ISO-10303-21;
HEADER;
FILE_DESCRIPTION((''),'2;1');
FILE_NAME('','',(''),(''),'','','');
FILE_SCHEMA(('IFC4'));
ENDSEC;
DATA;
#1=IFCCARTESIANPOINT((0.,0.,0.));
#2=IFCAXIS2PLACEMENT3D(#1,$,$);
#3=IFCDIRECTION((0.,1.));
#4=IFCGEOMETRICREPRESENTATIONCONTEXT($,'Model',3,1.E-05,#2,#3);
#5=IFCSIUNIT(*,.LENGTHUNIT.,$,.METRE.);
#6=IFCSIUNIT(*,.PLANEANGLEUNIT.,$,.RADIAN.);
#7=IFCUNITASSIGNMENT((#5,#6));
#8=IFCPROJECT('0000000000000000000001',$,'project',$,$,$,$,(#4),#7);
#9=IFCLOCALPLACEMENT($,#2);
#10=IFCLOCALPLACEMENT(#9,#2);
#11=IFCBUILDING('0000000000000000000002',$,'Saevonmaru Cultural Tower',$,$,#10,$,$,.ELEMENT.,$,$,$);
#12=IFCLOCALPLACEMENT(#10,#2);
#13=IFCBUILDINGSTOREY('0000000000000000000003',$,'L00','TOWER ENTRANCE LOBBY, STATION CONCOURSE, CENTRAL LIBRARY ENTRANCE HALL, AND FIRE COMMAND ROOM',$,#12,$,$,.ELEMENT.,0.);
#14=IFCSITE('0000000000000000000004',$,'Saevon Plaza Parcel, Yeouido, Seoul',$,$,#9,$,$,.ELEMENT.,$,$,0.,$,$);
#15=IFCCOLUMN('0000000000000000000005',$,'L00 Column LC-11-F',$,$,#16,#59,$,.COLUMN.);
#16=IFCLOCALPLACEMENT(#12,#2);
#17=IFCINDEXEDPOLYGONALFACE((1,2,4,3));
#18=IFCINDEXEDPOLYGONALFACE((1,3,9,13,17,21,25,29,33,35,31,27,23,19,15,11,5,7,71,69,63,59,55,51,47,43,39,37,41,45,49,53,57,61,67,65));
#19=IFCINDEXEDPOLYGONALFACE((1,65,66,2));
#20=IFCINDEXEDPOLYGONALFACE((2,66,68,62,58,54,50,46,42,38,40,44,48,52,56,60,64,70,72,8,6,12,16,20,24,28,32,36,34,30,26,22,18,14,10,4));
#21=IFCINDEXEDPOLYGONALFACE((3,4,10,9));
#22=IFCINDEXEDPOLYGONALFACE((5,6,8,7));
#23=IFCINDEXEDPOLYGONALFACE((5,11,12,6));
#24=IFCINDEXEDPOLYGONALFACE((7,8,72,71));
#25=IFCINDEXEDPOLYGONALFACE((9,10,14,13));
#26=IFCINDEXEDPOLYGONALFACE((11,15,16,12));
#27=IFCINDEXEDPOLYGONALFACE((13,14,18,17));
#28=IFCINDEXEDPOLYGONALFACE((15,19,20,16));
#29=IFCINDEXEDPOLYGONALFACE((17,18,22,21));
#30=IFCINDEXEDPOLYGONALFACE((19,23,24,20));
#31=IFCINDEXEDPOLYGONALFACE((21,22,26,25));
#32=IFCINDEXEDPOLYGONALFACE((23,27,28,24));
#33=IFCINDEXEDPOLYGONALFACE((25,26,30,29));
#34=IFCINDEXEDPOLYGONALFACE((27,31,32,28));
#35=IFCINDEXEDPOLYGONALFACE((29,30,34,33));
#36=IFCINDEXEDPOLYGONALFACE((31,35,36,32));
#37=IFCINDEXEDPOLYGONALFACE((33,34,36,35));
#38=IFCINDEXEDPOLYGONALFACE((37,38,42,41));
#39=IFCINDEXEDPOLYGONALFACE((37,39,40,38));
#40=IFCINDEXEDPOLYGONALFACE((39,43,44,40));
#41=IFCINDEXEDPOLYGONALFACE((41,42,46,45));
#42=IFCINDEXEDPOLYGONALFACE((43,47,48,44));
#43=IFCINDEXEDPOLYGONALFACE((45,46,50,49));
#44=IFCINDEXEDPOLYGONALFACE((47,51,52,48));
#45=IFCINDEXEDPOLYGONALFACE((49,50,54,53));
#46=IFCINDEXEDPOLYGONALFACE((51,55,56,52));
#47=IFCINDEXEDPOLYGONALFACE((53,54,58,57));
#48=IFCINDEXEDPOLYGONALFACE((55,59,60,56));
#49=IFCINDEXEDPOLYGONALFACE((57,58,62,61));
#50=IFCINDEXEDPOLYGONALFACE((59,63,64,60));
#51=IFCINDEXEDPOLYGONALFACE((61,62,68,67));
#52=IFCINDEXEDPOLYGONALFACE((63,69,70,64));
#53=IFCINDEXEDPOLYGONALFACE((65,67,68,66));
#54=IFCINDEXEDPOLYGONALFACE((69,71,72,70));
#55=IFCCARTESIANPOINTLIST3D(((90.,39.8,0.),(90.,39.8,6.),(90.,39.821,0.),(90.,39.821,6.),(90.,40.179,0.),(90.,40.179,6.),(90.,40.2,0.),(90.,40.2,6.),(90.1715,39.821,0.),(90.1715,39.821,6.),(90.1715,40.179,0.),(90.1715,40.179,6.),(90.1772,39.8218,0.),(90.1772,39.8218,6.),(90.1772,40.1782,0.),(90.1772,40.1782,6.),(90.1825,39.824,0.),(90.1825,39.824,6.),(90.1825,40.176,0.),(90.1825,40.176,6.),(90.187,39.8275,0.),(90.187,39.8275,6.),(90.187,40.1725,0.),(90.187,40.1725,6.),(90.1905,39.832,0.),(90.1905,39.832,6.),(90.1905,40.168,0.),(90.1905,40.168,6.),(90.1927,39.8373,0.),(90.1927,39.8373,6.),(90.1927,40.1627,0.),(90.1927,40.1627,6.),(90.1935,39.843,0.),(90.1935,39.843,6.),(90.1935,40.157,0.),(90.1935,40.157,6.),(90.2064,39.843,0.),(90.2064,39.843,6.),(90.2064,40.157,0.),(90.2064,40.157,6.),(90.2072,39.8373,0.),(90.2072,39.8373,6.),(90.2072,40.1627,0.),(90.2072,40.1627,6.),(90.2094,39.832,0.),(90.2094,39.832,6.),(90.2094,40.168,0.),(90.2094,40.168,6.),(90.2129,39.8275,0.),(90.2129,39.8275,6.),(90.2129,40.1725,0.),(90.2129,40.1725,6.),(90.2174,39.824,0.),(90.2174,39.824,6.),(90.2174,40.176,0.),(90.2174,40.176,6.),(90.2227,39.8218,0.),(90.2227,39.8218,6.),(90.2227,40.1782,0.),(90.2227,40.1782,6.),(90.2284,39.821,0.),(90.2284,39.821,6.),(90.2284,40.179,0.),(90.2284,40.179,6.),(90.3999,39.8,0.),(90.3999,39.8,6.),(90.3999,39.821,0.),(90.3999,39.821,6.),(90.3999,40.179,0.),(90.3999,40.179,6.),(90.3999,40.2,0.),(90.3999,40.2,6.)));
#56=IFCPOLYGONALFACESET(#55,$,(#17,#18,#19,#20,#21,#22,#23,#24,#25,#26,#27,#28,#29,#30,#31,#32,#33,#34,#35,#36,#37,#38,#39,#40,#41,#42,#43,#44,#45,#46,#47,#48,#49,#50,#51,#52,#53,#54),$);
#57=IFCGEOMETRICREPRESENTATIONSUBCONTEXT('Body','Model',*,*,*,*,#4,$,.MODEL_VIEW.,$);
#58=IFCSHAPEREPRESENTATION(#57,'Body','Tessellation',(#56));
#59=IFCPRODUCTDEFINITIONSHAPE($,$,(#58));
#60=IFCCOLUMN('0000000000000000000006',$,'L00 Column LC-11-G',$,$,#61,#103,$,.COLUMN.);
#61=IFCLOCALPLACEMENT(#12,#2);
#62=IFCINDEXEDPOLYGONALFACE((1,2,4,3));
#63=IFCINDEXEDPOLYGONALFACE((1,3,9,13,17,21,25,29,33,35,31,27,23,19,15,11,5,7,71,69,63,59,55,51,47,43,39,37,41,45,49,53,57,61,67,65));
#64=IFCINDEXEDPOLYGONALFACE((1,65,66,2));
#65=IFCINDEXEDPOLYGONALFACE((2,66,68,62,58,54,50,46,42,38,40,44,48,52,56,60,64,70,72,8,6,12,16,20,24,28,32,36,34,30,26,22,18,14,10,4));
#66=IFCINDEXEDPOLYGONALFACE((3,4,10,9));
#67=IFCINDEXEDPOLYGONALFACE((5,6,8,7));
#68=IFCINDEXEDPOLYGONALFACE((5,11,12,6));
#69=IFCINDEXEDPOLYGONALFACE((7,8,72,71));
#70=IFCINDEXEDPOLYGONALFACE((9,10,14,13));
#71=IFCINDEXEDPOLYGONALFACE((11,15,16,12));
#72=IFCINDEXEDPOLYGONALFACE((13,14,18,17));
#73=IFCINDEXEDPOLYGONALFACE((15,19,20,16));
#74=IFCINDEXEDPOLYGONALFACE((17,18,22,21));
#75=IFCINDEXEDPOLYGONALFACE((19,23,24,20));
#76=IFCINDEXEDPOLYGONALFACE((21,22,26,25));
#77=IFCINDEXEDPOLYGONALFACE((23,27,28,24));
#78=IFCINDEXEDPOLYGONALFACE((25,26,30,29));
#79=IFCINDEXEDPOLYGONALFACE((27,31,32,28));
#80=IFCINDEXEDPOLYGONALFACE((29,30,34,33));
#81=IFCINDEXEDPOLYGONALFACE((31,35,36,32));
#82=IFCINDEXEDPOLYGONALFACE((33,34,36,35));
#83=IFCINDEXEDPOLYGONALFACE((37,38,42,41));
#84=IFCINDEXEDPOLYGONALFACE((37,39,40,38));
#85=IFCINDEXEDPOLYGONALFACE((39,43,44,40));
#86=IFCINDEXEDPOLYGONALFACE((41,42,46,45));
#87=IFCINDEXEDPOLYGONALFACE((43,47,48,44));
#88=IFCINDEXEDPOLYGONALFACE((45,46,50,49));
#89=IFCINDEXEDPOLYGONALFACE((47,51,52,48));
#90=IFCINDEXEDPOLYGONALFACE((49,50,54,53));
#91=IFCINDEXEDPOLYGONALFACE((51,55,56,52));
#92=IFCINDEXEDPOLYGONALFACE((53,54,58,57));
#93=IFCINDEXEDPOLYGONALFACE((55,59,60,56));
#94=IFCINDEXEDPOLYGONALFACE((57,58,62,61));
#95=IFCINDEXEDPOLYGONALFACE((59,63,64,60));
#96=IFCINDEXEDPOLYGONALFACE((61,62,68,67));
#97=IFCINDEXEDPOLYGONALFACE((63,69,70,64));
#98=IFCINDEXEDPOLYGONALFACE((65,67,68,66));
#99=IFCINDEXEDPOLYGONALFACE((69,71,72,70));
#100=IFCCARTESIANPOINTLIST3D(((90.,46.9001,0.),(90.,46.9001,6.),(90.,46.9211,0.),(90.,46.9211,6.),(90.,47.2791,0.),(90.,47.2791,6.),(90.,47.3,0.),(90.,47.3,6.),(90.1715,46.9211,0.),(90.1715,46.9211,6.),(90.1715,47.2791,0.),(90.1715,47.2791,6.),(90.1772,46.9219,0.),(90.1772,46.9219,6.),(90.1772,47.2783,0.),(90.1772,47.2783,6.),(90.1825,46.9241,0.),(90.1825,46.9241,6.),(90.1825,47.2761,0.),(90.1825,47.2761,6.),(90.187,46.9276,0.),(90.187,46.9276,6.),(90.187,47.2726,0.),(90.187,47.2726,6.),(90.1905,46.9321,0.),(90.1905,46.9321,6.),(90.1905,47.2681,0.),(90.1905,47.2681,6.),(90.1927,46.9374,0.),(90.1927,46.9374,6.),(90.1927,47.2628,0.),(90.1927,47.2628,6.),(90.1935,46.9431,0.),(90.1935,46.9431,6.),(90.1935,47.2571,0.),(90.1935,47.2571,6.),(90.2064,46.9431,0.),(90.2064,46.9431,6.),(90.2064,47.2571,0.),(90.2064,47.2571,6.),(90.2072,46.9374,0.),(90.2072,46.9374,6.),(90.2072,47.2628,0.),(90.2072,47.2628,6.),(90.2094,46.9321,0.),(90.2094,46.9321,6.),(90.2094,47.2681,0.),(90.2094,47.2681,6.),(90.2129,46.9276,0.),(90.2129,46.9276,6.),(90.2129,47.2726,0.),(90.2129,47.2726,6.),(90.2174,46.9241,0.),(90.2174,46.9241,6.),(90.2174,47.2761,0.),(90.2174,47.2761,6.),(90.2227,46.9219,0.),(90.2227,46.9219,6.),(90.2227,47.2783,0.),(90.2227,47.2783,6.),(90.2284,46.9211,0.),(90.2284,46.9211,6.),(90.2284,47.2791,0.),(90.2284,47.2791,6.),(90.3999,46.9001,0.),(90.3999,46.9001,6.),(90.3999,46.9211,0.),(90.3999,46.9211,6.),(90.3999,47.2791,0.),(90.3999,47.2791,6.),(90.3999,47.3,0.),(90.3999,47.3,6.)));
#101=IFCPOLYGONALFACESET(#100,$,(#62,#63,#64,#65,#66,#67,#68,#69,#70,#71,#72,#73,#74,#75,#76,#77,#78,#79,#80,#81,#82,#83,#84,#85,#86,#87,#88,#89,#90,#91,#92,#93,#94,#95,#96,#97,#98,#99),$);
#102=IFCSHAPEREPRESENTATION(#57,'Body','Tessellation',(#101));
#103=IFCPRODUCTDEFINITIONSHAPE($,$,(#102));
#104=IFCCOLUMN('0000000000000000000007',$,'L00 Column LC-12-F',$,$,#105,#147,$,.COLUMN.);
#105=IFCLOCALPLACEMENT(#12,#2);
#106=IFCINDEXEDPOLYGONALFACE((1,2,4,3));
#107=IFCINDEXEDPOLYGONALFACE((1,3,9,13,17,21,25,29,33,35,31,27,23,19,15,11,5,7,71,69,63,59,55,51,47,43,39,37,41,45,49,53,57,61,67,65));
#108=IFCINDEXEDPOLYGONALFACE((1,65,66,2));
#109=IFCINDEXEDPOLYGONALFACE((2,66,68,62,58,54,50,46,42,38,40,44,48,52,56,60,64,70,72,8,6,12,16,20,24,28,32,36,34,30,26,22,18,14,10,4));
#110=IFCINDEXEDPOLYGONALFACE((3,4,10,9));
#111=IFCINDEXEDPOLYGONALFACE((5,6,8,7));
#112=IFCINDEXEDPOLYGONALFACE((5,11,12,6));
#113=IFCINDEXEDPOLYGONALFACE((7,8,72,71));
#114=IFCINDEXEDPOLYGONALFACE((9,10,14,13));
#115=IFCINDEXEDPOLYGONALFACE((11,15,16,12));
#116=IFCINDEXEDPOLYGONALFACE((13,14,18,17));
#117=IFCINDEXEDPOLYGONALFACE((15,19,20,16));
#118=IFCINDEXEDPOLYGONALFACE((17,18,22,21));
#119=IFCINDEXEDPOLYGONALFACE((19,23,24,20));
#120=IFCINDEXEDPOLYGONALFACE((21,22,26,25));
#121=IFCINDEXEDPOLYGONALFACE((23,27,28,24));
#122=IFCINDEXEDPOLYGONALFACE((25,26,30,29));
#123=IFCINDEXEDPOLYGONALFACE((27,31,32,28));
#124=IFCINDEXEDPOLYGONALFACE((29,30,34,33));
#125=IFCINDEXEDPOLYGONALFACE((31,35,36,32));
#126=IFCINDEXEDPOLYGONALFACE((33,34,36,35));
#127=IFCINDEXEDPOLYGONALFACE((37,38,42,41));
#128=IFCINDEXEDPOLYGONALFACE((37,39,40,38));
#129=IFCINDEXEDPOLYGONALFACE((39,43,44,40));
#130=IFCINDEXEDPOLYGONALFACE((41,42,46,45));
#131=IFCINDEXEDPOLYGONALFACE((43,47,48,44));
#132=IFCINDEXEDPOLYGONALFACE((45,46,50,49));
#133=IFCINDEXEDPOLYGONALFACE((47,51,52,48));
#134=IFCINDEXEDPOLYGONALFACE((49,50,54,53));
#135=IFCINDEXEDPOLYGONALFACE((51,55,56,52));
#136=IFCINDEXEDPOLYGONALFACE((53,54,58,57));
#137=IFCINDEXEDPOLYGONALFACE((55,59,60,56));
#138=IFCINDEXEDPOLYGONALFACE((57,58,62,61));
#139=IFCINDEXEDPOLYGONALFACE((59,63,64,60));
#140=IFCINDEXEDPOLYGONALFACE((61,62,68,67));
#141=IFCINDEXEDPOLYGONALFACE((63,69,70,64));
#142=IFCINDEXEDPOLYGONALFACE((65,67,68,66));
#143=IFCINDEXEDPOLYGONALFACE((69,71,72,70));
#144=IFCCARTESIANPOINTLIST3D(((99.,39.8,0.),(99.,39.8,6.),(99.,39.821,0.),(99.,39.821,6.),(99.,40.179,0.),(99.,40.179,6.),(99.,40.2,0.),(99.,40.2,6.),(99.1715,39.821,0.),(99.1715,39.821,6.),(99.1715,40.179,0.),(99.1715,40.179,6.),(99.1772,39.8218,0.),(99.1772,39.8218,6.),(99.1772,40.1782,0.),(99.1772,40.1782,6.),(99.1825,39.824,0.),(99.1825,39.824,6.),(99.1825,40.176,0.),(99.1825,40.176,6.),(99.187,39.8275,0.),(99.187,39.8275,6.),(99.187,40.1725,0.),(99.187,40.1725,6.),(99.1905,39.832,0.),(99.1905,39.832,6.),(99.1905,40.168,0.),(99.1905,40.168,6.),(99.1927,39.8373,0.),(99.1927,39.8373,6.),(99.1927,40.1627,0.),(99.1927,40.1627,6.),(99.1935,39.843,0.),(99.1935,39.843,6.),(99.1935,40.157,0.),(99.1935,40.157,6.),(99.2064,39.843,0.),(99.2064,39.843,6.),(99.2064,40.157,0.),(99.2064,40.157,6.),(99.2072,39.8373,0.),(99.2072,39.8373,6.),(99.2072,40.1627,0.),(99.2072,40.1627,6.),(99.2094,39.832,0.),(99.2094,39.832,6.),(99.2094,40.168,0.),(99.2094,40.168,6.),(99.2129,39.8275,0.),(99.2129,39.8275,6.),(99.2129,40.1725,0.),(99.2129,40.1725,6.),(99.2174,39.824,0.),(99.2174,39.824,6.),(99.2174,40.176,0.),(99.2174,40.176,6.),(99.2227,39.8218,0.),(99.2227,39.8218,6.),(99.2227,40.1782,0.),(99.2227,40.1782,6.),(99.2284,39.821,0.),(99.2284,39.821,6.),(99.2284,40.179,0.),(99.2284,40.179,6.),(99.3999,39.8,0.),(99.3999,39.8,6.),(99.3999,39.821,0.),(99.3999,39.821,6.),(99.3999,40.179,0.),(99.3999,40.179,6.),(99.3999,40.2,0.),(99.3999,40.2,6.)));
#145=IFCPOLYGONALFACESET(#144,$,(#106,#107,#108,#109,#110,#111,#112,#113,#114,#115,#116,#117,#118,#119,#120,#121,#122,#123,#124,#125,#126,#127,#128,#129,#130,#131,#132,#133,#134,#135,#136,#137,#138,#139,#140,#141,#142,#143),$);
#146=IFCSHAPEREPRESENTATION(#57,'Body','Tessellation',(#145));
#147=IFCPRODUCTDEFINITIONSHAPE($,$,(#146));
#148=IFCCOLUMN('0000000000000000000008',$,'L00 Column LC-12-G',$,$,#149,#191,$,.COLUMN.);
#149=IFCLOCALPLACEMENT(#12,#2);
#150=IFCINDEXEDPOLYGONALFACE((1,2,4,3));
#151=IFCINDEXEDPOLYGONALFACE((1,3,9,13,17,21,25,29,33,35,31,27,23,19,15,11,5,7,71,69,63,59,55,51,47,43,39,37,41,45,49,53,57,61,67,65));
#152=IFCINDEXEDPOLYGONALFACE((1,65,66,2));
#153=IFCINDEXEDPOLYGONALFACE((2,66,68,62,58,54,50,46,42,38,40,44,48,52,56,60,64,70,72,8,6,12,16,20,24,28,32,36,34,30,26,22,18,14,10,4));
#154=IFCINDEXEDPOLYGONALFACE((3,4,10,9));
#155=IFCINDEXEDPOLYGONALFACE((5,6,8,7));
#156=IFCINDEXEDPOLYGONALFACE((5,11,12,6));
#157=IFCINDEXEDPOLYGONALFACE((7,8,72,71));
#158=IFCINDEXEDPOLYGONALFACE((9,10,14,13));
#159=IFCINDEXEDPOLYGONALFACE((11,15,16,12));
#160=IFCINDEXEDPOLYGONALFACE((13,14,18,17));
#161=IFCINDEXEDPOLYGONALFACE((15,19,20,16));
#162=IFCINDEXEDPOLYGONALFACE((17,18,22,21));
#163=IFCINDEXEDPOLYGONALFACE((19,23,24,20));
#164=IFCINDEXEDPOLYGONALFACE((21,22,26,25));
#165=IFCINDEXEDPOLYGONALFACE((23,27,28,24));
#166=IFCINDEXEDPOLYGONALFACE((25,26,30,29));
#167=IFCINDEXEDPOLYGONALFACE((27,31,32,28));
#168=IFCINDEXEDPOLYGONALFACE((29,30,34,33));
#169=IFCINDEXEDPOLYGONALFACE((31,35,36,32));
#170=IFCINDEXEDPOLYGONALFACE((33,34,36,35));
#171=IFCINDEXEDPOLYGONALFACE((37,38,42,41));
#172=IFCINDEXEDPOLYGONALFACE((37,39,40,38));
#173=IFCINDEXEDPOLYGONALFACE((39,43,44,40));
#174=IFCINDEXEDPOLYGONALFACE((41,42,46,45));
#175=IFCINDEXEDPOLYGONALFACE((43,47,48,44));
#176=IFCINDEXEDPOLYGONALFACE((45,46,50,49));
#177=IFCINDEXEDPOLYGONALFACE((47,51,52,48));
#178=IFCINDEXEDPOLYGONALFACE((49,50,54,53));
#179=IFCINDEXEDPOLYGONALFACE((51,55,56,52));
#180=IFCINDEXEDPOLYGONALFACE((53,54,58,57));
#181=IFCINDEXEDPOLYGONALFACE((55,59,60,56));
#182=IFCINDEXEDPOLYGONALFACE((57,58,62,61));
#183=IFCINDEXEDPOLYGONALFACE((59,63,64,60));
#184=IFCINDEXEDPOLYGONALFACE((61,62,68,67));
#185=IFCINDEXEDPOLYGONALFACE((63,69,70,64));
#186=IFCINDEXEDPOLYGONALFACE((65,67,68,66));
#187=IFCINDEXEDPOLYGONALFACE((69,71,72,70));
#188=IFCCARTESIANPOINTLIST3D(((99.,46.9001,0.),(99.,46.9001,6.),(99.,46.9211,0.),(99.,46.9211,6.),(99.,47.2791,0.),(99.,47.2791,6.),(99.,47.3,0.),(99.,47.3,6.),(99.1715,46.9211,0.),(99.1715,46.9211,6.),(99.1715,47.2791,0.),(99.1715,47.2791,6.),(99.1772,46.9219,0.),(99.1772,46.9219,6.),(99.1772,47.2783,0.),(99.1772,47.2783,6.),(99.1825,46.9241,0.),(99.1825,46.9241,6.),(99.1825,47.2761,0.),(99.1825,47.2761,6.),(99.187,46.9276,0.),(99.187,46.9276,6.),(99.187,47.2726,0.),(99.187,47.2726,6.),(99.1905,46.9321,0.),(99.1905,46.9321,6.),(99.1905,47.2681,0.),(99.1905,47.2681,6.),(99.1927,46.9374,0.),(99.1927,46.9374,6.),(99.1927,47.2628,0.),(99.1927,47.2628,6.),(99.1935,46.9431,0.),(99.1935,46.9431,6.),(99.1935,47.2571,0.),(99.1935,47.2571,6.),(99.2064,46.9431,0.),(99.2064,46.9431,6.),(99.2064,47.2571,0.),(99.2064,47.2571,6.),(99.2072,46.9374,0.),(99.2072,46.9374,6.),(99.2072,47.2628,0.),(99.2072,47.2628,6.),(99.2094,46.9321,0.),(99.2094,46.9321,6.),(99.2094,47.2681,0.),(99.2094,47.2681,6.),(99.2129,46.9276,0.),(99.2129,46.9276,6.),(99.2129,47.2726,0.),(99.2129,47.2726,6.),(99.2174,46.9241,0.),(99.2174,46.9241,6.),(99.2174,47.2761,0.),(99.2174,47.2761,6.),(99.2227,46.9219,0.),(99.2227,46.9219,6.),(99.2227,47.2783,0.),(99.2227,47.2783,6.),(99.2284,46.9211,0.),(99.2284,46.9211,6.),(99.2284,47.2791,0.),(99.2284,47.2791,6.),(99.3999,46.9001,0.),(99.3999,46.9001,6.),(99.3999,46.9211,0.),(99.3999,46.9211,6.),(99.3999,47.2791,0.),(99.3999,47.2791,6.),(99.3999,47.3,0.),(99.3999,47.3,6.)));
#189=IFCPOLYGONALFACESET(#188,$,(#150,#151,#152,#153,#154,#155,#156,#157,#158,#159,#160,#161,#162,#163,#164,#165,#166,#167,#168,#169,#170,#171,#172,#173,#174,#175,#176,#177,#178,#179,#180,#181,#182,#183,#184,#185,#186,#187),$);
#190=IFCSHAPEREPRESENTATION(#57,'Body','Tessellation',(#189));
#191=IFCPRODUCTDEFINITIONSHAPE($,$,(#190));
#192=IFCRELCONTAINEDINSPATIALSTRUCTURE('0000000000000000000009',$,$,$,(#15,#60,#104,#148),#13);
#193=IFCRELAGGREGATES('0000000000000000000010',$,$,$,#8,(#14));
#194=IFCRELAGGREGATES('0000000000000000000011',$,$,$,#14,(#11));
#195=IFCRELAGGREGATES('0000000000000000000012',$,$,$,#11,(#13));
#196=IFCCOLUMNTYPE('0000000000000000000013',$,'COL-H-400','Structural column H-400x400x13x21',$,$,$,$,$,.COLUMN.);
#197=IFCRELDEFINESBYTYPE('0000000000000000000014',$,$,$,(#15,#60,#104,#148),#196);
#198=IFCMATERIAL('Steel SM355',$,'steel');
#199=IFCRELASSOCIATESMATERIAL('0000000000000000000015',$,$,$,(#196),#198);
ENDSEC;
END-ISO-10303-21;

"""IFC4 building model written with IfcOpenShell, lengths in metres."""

from ifc_helpers import new_model, si_unit, direction, frame, origin, origin_2d, place, context, subcontext, project, spatial, i_section, extrude, material, material_profile, profile_set, type_object, element, save


model = new_model("IFC4")

# Units and contexts
model_context = context("Model", 3, precision=1e-05, world=origin(), true_north=direction((0.0, 1.0)))
body_context = subcontext(model_context, "Body", "Model", "MODEL_VIEW")
ifc_project = project(units=[si_unit("LENGTHUNIT", "METRE"), si_unit("PLANEANGLEUNIT", "RADIAN")], contexts=[model_context])

# Site, building, storey
site_placement = place(None, origin())
site = spatial("IfcSite", under=ifc_project, at=site_placement, Name="Saevon Plaza Parcel, Yeouido, Seoul", CompositionType="ELEMENT", RefElevation=0.0)
building_placement = place(site_placement, origin())
building = spatial("IfcBuilding", under=site, at=building_placement, Name="Saevonmaru Cultural Tower", CompositionType="ELEMENT")
storey_placement = place(building_placement, origin())
storey = spatial("IfcBuildingStorey", under=building, at=storey_placement, Name="L00", Description="TOWER ENTRANCE LOBBY, STATION CONCOURSE, CENTRAL LIBRARY ENTRANCE HALL, AND FIRE COMMAND ROOM", CompositionType="ELEMENT", Elevation=0.0)

# Columns
ifc_material_1 = material(Name="Steel SM355", Category="steel")
ifc_material_profile_1 = material_profile(ifc_material_1, i_section(OverallWidth=0.3999, OverallDepth=0.3999, WebThickness=0.0129, FlangeThickness=0.021, FilletRadius=0.022, at=origin_2d()), Name="H-400x400x13x21")
ifc_profile_set_1 = profile_set([ifc_material_profile_1], Name="Steel SM355")
column_type = type_object("IfcColumnType", Name="COL-H-400", Description="Structural column H-400x400x13x21", PredefinedType="COLUMN", material=ifc_profile_set_1)
for number, where, z_axis, x_axis, name in (
    (1, (90.2, 40.0, 0.0), (0.0, 0.0, 1.0), (1.0, 0.0, 0.0), "L00 Column LC-11-F"),
    (2, (90.2, 47.1001, 0.0), (0.0, 0.0, 1.0), (1.0, 0.0, 0.0), "L00 Column LC-11-G"),
    (3, (99.2, 40.0, 0.0), (0.0, 0.0, 1.0), (1.0, 0.0, 0.0), "L00 Column LC-12-F"),
    (4, (99.2, 47.1001, 0.0), (0.0, 0.0, 1.0), (1.0, 0.0, 0.0), "L00 Column LC-12-G"),
):
    element("IfcColumn", number, at=place(storey_placement, frame(where, z_axis=z_axis, x_axis=x_axis)), inside=storey, type_object=column_type, Name=name, PredefinedType="COLUMN", context=body_context, shape_type="SweptSolid", body=[
        extrude(i_section(OverallWidth=0.3999, OverallDepth=0.3999, WebThickness=0.0129, FlangeThickness=0.021, FilletRadius=0.022, at=origin_2d()), origin(), (0.0, 0.0, 1.0), 6.0),
    ])

save(model, "model.ifc")
